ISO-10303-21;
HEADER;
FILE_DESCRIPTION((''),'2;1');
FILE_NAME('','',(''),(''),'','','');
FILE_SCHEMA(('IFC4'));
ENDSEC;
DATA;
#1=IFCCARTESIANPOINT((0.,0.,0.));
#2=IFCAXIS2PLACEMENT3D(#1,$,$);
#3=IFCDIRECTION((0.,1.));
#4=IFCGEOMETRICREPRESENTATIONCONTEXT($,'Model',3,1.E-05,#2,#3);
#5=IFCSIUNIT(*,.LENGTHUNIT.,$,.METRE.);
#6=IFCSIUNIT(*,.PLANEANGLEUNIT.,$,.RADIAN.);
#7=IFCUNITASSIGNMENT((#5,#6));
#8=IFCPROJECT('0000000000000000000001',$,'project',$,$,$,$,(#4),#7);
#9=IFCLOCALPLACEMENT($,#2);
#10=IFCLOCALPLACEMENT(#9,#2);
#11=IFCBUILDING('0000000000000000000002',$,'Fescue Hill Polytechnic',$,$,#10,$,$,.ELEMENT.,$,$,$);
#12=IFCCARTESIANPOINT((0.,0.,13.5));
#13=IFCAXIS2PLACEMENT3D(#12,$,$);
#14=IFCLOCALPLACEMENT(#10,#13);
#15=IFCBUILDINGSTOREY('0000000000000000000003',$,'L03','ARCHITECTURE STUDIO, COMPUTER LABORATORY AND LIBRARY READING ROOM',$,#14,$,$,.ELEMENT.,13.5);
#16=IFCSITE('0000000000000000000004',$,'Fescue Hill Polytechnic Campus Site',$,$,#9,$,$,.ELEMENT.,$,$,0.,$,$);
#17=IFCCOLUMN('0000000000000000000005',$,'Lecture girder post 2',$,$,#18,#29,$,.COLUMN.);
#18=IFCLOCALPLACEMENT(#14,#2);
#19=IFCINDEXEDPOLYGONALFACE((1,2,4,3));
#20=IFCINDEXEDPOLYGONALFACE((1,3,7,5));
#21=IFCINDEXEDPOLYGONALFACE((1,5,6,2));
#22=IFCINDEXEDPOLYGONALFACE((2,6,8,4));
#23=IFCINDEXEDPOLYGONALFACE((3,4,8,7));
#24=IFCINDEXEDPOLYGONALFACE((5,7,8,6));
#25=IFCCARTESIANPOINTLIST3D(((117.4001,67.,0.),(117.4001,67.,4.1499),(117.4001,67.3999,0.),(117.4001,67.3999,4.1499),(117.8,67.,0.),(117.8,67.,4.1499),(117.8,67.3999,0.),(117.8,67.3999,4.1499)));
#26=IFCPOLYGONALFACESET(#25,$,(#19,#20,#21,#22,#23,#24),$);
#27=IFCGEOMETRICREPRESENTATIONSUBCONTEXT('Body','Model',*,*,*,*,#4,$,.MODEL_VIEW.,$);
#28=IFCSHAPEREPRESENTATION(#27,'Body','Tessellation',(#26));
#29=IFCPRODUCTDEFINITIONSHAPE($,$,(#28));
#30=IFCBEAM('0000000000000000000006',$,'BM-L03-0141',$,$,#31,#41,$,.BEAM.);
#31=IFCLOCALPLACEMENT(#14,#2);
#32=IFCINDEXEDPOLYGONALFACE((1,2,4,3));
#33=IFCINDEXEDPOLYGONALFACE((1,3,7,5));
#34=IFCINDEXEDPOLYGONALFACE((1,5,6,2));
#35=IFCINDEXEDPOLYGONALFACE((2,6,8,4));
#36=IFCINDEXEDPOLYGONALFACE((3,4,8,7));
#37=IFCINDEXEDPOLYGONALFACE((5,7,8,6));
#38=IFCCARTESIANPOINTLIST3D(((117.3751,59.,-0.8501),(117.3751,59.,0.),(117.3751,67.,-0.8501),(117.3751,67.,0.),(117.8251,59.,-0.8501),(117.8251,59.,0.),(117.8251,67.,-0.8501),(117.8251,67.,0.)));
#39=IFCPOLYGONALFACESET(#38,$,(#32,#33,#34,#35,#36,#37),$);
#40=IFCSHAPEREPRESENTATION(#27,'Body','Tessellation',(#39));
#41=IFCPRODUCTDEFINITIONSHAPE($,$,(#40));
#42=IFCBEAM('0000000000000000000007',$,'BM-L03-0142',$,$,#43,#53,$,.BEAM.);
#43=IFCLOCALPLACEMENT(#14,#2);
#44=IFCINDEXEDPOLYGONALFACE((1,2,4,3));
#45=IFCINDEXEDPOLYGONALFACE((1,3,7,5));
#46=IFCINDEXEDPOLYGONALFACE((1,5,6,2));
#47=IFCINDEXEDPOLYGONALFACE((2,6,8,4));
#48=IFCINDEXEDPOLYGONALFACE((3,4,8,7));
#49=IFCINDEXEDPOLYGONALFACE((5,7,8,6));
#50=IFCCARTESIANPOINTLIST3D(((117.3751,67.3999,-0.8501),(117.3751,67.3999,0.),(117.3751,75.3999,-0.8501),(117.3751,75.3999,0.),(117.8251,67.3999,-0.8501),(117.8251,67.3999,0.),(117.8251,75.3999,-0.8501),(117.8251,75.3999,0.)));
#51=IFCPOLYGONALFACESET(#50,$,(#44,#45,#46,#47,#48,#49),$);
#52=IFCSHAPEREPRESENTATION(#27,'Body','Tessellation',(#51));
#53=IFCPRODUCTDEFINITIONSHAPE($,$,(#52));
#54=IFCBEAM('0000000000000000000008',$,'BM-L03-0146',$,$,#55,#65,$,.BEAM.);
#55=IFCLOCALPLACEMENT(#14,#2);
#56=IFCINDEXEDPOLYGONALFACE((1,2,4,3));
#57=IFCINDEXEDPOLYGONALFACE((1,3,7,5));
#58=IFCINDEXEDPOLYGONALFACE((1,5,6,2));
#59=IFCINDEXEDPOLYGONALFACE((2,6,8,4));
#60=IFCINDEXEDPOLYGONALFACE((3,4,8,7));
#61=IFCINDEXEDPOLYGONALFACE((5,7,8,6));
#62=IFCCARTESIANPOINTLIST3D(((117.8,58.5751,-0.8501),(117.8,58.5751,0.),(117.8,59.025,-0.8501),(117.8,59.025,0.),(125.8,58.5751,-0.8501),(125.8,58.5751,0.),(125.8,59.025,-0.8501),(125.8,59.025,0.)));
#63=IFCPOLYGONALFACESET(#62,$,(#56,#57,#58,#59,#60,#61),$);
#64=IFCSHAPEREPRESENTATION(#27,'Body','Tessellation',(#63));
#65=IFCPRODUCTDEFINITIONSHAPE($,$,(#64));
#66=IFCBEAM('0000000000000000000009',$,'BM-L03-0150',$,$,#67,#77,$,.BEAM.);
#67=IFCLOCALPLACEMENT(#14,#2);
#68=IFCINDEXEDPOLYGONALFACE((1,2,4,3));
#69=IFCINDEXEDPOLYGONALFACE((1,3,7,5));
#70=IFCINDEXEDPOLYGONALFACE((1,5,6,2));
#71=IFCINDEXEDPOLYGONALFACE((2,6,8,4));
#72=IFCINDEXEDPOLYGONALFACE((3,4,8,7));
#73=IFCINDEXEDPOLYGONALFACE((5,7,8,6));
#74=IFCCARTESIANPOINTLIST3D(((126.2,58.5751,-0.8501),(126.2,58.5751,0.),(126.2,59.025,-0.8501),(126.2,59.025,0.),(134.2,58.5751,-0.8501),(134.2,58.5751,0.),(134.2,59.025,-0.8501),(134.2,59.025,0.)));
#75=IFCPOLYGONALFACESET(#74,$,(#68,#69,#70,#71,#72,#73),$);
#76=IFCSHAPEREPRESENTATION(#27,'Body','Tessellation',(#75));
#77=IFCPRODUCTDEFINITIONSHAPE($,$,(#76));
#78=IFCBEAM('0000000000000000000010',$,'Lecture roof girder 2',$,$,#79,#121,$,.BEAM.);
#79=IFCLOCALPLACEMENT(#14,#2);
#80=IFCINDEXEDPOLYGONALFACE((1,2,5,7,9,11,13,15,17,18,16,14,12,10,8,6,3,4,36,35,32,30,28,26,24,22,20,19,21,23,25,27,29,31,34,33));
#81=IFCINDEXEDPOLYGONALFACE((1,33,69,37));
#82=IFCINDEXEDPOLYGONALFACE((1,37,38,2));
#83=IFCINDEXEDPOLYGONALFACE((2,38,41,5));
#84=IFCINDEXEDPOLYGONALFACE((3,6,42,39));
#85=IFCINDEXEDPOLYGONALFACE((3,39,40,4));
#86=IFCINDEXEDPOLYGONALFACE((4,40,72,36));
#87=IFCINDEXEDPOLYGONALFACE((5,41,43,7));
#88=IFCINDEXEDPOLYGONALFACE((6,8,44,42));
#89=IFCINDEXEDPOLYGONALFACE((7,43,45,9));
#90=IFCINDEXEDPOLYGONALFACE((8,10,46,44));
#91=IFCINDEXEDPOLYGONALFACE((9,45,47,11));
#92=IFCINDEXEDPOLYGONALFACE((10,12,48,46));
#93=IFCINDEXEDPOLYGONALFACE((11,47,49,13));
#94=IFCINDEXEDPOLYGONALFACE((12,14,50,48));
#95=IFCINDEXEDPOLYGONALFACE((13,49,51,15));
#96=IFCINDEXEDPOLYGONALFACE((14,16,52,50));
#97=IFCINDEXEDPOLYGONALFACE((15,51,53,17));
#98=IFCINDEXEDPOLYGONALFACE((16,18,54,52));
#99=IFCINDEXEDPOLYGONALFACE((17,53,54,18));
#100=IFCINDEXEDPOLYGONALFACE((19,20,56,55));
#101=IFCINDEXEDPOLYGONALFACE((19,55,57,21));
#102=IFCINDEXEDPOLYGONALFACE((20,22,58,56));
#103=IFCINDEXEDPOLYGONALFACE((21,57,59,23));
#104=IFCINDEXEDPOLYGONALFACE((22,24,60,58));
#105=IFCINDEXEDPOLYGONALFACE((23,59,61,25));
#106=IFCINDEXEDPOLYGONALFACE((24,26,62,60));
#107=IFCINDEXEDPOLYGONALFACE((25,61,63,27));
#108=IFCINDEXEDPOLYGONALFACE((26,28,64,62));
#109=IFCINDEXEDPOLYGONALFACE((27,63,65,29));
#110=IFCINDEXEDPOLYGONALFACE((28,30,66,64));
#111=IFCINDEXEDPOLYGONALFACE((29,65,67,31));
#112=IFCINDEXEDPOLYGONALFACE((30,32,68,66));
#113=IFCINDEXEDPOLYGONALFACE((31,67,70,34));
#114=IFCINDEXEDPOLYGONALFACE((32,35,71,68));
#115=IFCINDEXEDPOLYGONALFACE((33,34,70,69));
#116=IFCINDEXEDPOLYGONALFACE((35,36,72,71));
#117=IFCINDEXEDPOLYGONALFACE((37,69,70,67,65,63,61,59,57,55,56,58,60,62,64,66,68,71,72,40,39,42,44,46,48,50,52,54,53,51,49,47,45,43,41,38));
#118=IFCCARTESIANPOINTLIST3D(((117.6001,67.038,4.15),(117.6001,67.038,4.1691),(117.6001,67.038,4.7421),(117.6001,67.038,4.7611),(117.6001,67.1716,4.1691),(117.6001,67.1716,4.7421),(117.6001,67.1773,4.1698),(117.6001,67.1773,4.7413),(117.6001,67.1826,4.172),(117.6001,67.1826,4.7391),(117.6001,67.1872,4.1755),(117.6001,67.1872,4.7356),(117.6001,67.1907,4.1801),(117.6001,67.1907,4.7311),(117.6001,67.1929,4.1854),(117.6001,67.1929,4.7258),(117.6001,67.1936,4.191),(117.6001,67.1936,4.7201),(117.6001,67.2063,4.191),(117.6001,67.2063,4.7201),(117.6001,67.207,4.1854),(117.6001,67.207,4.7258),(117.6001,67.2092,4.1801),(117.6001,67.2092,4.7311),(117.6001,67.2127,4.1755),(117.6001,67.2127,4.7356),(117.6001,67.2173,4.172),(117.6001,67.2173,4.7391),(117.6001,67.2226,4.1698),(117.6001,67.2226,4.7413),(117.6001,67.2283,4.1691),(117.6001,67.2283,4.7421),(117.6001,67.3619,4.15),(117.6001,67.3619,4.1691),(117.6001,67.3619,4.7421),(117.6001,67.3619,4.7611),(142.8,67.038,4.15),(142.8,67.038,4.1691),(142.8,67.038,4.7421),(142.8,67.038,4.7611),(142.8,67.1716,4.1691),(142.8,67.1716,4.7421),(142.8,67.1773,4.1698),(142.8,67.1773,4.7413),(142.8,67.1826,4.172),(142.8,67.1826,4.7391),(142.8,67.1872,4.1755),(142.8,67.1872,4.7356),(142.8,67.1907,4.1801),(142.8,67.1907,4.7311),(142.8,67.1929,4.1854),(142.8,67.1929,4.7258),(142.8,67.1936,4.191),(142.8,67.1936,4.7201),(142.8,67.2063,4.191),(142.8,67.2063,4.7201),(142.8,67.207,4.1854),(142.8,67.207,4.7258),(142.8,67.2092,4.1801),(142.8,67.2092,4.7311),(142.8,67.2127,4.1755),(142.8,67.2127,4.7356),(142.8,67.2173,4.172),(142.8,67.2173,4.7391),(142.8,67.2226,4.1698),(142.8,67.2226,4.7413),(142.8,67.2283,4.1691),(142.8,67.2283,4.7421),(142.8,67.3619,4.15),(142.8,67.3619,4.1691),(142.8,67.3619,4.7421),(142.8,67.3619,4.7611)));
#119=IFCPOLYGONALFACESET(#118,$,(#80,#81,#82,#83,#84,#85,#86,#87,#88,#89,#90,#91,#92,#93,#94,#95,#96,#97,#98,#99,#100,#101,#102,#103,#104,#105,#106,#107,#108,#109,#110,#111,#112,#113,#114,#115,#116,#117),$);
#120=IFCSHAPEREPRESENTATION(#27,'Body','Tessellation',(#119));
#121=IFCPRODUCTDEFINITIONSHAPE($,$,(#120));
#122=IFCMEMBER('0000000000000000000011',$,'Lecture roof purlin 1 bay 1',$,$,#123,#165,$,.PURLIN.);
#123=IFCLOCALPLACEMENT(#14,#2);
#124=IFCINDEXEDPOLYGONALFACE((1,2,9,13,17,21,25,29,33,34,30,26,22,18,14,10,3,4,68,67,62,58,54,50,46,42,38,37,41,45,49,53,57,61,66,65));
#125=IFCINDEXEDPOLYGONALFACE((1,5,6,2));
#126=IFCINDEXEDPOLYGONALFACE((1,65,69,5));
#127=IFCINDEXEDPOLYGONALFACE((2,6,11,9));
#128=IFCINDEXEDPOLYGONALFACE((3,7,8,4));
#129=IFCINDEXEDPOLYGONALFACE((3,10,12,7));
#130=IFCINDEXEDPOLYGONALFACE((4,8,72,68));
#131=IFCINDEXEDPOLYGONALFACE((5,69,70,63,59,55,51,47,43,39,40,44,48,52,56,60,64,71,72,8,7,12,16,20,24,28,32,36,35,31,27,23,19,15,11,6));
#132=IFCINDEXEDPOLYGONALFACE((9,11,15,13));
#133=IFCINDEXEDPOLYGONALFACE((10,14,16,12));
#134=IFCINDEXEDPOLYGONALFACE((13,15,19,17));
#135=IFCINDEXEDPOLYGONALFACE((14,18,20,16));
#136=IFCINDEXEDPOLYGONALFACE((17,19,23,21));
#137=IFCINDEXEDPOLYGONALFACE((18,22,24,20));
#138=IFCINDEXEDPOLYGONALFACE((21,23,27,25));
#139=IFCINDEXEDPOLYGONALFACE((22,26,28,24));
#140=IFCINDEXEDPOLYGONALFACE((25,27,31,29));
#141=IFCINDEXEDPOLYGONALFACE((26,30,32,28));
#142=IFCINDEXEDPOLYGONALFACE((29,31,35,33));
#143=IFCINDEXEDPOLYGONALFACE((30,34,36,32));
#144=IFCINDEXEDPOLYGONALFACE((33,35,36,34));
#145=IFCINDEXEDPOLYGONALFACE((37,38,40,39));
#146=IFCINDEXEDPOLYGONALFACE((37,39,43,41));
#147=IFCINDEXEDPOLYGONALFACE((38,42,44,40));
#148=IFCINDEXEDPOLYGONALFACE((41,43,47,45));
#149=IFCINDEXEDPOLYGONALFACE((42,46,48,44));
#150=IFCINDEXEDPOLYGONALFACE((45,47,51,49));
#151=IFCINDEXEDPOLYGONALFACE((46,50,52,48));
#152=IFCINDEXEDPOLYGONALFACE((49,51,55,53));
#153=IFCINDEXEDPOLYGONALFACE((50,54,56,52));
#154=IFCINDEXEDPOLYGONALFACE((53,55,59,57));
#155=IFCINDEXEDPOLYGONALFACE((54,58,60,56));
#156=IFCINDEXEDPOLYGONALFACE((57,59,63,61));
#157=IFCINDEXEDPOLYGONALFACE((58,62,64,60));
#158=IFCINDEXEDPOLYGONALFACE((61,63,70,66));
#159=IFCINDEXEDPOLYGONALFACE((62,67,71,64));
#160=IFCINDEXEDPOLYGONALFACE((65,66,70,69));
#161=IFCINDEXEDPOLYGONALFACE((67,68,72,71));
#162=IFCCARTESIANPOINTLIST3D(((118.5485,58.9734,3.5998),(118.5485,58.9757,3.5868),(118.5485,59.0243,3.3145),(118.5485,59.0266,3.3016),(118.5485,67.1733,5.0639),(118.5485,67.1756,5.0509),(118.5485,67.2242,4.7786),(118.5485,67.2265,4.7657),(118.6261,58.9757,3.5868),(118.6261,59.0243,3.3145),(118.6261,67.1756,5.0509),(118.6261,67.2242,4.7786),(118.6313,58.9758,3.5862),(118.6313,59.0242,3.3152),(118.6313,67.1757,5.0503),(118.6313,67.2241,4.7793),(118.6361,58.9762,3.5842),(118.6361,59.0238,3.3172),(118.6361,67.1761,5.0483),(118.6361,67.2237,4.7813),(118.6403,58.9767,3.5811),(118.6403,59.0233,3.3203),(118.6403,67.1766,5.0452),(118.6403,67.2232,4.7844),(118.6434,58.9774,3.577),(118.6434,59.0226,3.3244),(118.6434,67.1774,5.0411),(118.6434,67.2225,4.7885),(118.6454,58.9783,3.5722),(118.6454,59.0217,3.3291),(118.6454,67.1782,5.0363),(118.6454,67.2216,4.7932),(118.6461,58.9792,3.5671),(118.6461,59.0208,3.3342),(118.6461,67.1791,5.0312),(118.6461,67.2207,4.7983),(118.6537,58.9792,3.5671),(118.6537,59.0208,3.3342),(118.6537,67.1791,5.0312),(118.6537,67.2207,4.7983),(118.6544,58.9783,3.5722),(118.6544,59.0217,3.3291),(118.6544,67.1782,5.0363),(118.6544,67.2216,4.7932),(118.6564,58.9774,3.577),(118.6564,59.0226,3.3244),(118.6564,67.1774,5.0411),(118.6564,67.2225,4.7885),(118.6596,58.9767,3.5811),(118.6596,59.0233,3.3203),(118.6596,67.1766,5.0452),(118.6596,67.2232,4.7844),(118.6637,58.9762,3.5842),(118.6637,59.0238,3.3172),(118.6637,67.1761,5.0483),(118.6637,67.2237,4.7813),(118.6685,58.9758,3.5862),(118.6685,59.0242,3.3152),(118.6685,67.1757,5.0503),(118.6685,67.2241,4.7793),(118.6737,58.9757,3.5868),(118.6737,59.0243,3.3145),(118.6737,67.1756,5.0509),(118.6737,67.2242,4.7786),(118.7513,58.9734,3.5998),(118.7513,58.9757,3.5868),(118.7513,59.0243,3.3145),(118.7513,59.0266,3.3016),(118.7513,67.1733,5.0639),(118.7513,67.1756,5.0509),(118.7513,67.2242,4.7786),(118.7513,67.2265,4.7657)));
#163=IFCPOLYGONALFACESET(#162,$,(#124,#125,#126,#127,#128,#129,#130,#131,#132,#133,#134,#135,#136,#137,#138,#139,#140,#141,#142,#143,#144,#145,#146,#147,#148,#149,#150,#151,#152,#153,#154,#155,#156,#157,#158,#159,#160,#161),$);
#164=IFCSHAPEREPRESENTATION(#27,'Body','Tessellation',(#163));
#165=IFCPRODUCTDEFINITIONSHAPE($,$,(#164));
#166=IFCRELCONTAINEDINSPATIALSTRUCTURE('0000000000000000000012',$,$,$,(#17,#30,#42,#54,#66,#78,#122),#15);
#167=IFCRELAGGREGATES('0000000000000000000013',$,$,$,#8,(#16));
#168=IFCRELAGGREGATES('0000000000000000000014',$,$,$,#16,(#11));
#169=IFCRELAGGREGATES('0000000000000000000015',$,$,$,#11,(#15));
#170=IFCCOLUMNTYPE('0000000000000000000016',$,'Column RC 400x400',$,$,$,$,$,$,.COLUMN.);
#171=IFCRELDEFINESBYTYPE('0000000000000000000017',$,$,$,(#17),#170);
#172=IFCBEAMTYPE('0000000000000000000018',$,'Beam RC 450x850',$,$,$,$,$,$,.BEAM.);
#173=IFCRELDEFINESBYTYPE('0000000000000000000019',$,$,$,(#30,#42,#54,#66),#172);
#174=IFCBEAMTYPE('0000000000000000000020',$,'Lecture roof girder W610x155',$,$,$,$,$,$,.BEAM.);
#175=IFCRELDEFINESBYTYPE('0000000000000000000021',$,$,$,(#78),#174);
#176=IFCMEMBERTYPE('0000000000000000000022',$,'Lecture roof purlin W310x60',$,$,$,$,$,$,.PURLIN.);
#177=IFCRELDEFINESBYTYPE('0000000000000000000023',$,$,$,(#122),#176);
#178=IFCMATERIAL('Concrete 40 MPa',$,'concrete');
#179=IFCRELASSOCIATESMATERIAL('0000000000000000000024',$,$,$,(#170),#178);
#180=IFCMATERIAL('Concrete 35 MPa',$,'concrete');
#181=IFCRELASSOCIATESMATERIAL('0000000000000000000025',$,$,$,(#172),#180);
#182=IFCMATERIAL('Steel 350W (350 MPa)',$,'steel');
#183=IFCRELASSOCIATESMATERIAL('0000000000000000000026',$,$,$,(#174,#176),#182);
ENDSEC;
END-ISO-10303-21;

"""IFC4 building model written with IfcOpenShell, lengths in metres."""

from ifc_helpers import new_model, si_unit, direction, frame, origin, origin_2d, place, context, subcontext, project, spatial, rectangle, i_section, extrude, material, material_profile, profile_set, type_object, element, save


model = new_model("IFC4")

# Units and contexts
model_context = context("Model", 3, precision=1e-05, world=origin(), true_north=direction((0.0, 1.0)))
body_context = subcontext(model_context, "Body", "Model", "MODEL_VIEW")
ifc_project = project(units=[si_unit("LENGTHUNIT", "METRE"), si_unit("PLANEANGLEUNIT", "RADIAN")], contexts=[model_context])

# Site, building, storey
site_placement = place(None, origin())
site = spatial("IfcSite", under=ifc_project, at=site_placement, Name="Fescue Hill Polytechnic Campus Site", CompositionType="ELEMENT", RefElevation=0.0)
building_placement = place(site_placement, origin())
building = spatial("IfcBuilding", under=site, at=building_placement, Name="Fescue Hill Polytechnic", CompositionType="ELEMENT")
storey_placement = place(building_placement, frame((0.0, 0.0, 13.5)))
storey = spatial("IfcBuildingStorey", under=building, at=storey_placement, Name="L03", Description="ARCHITECTURE STUDIO, COMPUTER LABORATORY AND LIBRARY READING ROOM", CompositionType="ELEMENT", Elevation=13.5)

# Column
ifc_material_1 = material(Name="Concrete 40 MPa", Category="concrete")
ifc_material_profile_1 = material_profile(ifc_material_1, rectangle(XDim=0.3999, YDim=0.3999, at=origin_2d()), Name="RC 400x400")
ifc_profile_set_1 = profile_set([ifc_material_profile_1], Name="Concrete 40 MPa")
column_type = type_object("IfcColumnType", Name="Column RC 400x400", PredefinedType="COLUMN", material=ifc_profile_set_1)
column_placement = place(storey_placement, frame((117.6001, 67.2, 0.0), z_axis=(0.0, 0.0, 1.0), x_axis=(1.0, 0.0, 0.0)))
element("IfcColumn", 1, at=column_placement, inside=storey, type_object=column_type, Name="Lecture girder post 2", PredefinedType="COLUMN", context=body_context, shape_type="SweptSolid", body=[
    extrude(rectangle(XDim=0.3999, YDim=0.3999, at=origin_2d()), origin(), (0.0, 0.0, 1.0), 4.1499),
])

# Beams
ifc_material_2 = material(Name="Concrete 35 MPa", Category="concrete")
ifc_material_profile_2 = material_profile(ifc_material_2, rectangle(XDim=0.45, YDim=0.8501, at=origin_2d()), Name="RC 450x850")
ifc_profile_set_2 = profile_set([ifc_material_profile_2], Name="Concrete 35 MPa")
beam_type_1 = type_object("IfcBeamType", Name="Beam RC 450x850", PredefinedType="BEAM", material=ifc_profile_set_2)
for number, where, z_axis, x_axis, name in (
    (2, (117.6001, 67.0, -0.425), (0.0, -1.0, 0.0), (1.0, 0.0, 0.0), "BM-L03-0141"),
    (3, (117.6001, 75.3999, -0.425), (0.0, -1.0, 0.0), (1.0, 0.0, 0.0), "BM-L03-0142"),
    (4, (117.8, 58.8, -0.425), (1.0, 0.0, 0.0), (0.0, 1.0, 0.0), "BM-L03-0146"),
    (5, (126.2, 58.8, -0.425), (1.0, 0.0, 0.0), (0.0, 1.0, 0.0), "BM-L03-0150"),
):
    element("IfcBeam", number, at=place(storey_placement, frame(where, z_axis=z_axis, x_axis=x_axis)), inside=storey, type_object=beam_type_1, Name=name, PredefinedType="BEAM", context=body_context, shape_type="SweptSolid", body=[
        extrude(rectangle(XDim=0.45, YDim=0.8501, at=origin_2d()), origin(), (0.0, 0.0, 1.0), 8.0),
    ])
ifc_material_3 = material(Name="Steel 350W (350 MPa)", Category="steel")
ifc_material_profile_3 = material_profile(ifc_material_3, i_section(OverallWidth=0.324, OverallDepth=0.6111, WebThickness=0.0127, FlangeThickness=0.019, FilletRadius=0.022, at=origin_2d()), Name="W610x155")
ifc_profile_set_3 = profile_set([ifc_material_profile_3], Name="Steel 350W (350 MPa)")
beam_type_2 = type_object("IfcBeamType", Name="Lecture roof girder W610x155", PredefinedType="BEAM", material=ifc_profile_set_3)
beam_placement = place(storey_placement, frame((117.6001, 67.2, 4.4556), z_axis=(1.0, 0.0, 0.0), x_axis=(0.0, 1.0, 0.0)))
element("IfcBeam", 6, at=beam_placement, inside=storey, type_object=beam_type_2, Name="Lecture roof girder 2", PredefinedType="BEAM", context=body_context, shape_type="SweptSolid", body=[
    extrude(i_section(OverallWidth=0.324, OverallDepth=0.6111, WebThickness=0.0127, FlangeThickness=0.019, FilletRadius=0.022, at=origin_2d()), origin(), (0.0, 0.0, 1.0), 25.2),
])

# Member
ifc_material_profile_4 = material_profile(ifc_material_3, i_section(OverallWidth=0.2029, OverallDepth=0.303, WebThickness=0.0076, FlangeThickness=0.0132, FilletRadius=0.02, at=origin_2d()), Name="W310x60")
ifc_profile_set_4 = profile_set([ifc_material_profile_4], Name="Steel 350W (350 MPa)")
member_type_1 = type_object("IfcMemberType", Name="Lecture roof purlin W310x60", PredefinedType="PURLIN", material=ifc_profile_set_4)
for number, where, z_axis, x_axis, name in (
    (7, (118.6499, 59.0, 3.4507), (0.0, 0.984431, 0.175771), (-1.0, 0.0, 0.0), "Lecture roof purlin 1 bay 1"),
):
    element("IfcMember", number, at=place(storey_placement, frame(where, z_axis=z_axis, x_axis=x_axis)), inside=storey, type_object=member_type_1, Name=name, PredefinedType="PURLIN", context=body_context, shape_type="SweptSolid", body=[
        extrude(i_section(OverallWidth=0.2029, OverallDepth=0.303, WebThickness=0.0076, FlangeThickness=0.0132, FilletRadius=0.02, at=origin_2d()), origin(), (0.0, 0.0, 1.0), 8.3296),
    ])

save(model, "model.ifc")
